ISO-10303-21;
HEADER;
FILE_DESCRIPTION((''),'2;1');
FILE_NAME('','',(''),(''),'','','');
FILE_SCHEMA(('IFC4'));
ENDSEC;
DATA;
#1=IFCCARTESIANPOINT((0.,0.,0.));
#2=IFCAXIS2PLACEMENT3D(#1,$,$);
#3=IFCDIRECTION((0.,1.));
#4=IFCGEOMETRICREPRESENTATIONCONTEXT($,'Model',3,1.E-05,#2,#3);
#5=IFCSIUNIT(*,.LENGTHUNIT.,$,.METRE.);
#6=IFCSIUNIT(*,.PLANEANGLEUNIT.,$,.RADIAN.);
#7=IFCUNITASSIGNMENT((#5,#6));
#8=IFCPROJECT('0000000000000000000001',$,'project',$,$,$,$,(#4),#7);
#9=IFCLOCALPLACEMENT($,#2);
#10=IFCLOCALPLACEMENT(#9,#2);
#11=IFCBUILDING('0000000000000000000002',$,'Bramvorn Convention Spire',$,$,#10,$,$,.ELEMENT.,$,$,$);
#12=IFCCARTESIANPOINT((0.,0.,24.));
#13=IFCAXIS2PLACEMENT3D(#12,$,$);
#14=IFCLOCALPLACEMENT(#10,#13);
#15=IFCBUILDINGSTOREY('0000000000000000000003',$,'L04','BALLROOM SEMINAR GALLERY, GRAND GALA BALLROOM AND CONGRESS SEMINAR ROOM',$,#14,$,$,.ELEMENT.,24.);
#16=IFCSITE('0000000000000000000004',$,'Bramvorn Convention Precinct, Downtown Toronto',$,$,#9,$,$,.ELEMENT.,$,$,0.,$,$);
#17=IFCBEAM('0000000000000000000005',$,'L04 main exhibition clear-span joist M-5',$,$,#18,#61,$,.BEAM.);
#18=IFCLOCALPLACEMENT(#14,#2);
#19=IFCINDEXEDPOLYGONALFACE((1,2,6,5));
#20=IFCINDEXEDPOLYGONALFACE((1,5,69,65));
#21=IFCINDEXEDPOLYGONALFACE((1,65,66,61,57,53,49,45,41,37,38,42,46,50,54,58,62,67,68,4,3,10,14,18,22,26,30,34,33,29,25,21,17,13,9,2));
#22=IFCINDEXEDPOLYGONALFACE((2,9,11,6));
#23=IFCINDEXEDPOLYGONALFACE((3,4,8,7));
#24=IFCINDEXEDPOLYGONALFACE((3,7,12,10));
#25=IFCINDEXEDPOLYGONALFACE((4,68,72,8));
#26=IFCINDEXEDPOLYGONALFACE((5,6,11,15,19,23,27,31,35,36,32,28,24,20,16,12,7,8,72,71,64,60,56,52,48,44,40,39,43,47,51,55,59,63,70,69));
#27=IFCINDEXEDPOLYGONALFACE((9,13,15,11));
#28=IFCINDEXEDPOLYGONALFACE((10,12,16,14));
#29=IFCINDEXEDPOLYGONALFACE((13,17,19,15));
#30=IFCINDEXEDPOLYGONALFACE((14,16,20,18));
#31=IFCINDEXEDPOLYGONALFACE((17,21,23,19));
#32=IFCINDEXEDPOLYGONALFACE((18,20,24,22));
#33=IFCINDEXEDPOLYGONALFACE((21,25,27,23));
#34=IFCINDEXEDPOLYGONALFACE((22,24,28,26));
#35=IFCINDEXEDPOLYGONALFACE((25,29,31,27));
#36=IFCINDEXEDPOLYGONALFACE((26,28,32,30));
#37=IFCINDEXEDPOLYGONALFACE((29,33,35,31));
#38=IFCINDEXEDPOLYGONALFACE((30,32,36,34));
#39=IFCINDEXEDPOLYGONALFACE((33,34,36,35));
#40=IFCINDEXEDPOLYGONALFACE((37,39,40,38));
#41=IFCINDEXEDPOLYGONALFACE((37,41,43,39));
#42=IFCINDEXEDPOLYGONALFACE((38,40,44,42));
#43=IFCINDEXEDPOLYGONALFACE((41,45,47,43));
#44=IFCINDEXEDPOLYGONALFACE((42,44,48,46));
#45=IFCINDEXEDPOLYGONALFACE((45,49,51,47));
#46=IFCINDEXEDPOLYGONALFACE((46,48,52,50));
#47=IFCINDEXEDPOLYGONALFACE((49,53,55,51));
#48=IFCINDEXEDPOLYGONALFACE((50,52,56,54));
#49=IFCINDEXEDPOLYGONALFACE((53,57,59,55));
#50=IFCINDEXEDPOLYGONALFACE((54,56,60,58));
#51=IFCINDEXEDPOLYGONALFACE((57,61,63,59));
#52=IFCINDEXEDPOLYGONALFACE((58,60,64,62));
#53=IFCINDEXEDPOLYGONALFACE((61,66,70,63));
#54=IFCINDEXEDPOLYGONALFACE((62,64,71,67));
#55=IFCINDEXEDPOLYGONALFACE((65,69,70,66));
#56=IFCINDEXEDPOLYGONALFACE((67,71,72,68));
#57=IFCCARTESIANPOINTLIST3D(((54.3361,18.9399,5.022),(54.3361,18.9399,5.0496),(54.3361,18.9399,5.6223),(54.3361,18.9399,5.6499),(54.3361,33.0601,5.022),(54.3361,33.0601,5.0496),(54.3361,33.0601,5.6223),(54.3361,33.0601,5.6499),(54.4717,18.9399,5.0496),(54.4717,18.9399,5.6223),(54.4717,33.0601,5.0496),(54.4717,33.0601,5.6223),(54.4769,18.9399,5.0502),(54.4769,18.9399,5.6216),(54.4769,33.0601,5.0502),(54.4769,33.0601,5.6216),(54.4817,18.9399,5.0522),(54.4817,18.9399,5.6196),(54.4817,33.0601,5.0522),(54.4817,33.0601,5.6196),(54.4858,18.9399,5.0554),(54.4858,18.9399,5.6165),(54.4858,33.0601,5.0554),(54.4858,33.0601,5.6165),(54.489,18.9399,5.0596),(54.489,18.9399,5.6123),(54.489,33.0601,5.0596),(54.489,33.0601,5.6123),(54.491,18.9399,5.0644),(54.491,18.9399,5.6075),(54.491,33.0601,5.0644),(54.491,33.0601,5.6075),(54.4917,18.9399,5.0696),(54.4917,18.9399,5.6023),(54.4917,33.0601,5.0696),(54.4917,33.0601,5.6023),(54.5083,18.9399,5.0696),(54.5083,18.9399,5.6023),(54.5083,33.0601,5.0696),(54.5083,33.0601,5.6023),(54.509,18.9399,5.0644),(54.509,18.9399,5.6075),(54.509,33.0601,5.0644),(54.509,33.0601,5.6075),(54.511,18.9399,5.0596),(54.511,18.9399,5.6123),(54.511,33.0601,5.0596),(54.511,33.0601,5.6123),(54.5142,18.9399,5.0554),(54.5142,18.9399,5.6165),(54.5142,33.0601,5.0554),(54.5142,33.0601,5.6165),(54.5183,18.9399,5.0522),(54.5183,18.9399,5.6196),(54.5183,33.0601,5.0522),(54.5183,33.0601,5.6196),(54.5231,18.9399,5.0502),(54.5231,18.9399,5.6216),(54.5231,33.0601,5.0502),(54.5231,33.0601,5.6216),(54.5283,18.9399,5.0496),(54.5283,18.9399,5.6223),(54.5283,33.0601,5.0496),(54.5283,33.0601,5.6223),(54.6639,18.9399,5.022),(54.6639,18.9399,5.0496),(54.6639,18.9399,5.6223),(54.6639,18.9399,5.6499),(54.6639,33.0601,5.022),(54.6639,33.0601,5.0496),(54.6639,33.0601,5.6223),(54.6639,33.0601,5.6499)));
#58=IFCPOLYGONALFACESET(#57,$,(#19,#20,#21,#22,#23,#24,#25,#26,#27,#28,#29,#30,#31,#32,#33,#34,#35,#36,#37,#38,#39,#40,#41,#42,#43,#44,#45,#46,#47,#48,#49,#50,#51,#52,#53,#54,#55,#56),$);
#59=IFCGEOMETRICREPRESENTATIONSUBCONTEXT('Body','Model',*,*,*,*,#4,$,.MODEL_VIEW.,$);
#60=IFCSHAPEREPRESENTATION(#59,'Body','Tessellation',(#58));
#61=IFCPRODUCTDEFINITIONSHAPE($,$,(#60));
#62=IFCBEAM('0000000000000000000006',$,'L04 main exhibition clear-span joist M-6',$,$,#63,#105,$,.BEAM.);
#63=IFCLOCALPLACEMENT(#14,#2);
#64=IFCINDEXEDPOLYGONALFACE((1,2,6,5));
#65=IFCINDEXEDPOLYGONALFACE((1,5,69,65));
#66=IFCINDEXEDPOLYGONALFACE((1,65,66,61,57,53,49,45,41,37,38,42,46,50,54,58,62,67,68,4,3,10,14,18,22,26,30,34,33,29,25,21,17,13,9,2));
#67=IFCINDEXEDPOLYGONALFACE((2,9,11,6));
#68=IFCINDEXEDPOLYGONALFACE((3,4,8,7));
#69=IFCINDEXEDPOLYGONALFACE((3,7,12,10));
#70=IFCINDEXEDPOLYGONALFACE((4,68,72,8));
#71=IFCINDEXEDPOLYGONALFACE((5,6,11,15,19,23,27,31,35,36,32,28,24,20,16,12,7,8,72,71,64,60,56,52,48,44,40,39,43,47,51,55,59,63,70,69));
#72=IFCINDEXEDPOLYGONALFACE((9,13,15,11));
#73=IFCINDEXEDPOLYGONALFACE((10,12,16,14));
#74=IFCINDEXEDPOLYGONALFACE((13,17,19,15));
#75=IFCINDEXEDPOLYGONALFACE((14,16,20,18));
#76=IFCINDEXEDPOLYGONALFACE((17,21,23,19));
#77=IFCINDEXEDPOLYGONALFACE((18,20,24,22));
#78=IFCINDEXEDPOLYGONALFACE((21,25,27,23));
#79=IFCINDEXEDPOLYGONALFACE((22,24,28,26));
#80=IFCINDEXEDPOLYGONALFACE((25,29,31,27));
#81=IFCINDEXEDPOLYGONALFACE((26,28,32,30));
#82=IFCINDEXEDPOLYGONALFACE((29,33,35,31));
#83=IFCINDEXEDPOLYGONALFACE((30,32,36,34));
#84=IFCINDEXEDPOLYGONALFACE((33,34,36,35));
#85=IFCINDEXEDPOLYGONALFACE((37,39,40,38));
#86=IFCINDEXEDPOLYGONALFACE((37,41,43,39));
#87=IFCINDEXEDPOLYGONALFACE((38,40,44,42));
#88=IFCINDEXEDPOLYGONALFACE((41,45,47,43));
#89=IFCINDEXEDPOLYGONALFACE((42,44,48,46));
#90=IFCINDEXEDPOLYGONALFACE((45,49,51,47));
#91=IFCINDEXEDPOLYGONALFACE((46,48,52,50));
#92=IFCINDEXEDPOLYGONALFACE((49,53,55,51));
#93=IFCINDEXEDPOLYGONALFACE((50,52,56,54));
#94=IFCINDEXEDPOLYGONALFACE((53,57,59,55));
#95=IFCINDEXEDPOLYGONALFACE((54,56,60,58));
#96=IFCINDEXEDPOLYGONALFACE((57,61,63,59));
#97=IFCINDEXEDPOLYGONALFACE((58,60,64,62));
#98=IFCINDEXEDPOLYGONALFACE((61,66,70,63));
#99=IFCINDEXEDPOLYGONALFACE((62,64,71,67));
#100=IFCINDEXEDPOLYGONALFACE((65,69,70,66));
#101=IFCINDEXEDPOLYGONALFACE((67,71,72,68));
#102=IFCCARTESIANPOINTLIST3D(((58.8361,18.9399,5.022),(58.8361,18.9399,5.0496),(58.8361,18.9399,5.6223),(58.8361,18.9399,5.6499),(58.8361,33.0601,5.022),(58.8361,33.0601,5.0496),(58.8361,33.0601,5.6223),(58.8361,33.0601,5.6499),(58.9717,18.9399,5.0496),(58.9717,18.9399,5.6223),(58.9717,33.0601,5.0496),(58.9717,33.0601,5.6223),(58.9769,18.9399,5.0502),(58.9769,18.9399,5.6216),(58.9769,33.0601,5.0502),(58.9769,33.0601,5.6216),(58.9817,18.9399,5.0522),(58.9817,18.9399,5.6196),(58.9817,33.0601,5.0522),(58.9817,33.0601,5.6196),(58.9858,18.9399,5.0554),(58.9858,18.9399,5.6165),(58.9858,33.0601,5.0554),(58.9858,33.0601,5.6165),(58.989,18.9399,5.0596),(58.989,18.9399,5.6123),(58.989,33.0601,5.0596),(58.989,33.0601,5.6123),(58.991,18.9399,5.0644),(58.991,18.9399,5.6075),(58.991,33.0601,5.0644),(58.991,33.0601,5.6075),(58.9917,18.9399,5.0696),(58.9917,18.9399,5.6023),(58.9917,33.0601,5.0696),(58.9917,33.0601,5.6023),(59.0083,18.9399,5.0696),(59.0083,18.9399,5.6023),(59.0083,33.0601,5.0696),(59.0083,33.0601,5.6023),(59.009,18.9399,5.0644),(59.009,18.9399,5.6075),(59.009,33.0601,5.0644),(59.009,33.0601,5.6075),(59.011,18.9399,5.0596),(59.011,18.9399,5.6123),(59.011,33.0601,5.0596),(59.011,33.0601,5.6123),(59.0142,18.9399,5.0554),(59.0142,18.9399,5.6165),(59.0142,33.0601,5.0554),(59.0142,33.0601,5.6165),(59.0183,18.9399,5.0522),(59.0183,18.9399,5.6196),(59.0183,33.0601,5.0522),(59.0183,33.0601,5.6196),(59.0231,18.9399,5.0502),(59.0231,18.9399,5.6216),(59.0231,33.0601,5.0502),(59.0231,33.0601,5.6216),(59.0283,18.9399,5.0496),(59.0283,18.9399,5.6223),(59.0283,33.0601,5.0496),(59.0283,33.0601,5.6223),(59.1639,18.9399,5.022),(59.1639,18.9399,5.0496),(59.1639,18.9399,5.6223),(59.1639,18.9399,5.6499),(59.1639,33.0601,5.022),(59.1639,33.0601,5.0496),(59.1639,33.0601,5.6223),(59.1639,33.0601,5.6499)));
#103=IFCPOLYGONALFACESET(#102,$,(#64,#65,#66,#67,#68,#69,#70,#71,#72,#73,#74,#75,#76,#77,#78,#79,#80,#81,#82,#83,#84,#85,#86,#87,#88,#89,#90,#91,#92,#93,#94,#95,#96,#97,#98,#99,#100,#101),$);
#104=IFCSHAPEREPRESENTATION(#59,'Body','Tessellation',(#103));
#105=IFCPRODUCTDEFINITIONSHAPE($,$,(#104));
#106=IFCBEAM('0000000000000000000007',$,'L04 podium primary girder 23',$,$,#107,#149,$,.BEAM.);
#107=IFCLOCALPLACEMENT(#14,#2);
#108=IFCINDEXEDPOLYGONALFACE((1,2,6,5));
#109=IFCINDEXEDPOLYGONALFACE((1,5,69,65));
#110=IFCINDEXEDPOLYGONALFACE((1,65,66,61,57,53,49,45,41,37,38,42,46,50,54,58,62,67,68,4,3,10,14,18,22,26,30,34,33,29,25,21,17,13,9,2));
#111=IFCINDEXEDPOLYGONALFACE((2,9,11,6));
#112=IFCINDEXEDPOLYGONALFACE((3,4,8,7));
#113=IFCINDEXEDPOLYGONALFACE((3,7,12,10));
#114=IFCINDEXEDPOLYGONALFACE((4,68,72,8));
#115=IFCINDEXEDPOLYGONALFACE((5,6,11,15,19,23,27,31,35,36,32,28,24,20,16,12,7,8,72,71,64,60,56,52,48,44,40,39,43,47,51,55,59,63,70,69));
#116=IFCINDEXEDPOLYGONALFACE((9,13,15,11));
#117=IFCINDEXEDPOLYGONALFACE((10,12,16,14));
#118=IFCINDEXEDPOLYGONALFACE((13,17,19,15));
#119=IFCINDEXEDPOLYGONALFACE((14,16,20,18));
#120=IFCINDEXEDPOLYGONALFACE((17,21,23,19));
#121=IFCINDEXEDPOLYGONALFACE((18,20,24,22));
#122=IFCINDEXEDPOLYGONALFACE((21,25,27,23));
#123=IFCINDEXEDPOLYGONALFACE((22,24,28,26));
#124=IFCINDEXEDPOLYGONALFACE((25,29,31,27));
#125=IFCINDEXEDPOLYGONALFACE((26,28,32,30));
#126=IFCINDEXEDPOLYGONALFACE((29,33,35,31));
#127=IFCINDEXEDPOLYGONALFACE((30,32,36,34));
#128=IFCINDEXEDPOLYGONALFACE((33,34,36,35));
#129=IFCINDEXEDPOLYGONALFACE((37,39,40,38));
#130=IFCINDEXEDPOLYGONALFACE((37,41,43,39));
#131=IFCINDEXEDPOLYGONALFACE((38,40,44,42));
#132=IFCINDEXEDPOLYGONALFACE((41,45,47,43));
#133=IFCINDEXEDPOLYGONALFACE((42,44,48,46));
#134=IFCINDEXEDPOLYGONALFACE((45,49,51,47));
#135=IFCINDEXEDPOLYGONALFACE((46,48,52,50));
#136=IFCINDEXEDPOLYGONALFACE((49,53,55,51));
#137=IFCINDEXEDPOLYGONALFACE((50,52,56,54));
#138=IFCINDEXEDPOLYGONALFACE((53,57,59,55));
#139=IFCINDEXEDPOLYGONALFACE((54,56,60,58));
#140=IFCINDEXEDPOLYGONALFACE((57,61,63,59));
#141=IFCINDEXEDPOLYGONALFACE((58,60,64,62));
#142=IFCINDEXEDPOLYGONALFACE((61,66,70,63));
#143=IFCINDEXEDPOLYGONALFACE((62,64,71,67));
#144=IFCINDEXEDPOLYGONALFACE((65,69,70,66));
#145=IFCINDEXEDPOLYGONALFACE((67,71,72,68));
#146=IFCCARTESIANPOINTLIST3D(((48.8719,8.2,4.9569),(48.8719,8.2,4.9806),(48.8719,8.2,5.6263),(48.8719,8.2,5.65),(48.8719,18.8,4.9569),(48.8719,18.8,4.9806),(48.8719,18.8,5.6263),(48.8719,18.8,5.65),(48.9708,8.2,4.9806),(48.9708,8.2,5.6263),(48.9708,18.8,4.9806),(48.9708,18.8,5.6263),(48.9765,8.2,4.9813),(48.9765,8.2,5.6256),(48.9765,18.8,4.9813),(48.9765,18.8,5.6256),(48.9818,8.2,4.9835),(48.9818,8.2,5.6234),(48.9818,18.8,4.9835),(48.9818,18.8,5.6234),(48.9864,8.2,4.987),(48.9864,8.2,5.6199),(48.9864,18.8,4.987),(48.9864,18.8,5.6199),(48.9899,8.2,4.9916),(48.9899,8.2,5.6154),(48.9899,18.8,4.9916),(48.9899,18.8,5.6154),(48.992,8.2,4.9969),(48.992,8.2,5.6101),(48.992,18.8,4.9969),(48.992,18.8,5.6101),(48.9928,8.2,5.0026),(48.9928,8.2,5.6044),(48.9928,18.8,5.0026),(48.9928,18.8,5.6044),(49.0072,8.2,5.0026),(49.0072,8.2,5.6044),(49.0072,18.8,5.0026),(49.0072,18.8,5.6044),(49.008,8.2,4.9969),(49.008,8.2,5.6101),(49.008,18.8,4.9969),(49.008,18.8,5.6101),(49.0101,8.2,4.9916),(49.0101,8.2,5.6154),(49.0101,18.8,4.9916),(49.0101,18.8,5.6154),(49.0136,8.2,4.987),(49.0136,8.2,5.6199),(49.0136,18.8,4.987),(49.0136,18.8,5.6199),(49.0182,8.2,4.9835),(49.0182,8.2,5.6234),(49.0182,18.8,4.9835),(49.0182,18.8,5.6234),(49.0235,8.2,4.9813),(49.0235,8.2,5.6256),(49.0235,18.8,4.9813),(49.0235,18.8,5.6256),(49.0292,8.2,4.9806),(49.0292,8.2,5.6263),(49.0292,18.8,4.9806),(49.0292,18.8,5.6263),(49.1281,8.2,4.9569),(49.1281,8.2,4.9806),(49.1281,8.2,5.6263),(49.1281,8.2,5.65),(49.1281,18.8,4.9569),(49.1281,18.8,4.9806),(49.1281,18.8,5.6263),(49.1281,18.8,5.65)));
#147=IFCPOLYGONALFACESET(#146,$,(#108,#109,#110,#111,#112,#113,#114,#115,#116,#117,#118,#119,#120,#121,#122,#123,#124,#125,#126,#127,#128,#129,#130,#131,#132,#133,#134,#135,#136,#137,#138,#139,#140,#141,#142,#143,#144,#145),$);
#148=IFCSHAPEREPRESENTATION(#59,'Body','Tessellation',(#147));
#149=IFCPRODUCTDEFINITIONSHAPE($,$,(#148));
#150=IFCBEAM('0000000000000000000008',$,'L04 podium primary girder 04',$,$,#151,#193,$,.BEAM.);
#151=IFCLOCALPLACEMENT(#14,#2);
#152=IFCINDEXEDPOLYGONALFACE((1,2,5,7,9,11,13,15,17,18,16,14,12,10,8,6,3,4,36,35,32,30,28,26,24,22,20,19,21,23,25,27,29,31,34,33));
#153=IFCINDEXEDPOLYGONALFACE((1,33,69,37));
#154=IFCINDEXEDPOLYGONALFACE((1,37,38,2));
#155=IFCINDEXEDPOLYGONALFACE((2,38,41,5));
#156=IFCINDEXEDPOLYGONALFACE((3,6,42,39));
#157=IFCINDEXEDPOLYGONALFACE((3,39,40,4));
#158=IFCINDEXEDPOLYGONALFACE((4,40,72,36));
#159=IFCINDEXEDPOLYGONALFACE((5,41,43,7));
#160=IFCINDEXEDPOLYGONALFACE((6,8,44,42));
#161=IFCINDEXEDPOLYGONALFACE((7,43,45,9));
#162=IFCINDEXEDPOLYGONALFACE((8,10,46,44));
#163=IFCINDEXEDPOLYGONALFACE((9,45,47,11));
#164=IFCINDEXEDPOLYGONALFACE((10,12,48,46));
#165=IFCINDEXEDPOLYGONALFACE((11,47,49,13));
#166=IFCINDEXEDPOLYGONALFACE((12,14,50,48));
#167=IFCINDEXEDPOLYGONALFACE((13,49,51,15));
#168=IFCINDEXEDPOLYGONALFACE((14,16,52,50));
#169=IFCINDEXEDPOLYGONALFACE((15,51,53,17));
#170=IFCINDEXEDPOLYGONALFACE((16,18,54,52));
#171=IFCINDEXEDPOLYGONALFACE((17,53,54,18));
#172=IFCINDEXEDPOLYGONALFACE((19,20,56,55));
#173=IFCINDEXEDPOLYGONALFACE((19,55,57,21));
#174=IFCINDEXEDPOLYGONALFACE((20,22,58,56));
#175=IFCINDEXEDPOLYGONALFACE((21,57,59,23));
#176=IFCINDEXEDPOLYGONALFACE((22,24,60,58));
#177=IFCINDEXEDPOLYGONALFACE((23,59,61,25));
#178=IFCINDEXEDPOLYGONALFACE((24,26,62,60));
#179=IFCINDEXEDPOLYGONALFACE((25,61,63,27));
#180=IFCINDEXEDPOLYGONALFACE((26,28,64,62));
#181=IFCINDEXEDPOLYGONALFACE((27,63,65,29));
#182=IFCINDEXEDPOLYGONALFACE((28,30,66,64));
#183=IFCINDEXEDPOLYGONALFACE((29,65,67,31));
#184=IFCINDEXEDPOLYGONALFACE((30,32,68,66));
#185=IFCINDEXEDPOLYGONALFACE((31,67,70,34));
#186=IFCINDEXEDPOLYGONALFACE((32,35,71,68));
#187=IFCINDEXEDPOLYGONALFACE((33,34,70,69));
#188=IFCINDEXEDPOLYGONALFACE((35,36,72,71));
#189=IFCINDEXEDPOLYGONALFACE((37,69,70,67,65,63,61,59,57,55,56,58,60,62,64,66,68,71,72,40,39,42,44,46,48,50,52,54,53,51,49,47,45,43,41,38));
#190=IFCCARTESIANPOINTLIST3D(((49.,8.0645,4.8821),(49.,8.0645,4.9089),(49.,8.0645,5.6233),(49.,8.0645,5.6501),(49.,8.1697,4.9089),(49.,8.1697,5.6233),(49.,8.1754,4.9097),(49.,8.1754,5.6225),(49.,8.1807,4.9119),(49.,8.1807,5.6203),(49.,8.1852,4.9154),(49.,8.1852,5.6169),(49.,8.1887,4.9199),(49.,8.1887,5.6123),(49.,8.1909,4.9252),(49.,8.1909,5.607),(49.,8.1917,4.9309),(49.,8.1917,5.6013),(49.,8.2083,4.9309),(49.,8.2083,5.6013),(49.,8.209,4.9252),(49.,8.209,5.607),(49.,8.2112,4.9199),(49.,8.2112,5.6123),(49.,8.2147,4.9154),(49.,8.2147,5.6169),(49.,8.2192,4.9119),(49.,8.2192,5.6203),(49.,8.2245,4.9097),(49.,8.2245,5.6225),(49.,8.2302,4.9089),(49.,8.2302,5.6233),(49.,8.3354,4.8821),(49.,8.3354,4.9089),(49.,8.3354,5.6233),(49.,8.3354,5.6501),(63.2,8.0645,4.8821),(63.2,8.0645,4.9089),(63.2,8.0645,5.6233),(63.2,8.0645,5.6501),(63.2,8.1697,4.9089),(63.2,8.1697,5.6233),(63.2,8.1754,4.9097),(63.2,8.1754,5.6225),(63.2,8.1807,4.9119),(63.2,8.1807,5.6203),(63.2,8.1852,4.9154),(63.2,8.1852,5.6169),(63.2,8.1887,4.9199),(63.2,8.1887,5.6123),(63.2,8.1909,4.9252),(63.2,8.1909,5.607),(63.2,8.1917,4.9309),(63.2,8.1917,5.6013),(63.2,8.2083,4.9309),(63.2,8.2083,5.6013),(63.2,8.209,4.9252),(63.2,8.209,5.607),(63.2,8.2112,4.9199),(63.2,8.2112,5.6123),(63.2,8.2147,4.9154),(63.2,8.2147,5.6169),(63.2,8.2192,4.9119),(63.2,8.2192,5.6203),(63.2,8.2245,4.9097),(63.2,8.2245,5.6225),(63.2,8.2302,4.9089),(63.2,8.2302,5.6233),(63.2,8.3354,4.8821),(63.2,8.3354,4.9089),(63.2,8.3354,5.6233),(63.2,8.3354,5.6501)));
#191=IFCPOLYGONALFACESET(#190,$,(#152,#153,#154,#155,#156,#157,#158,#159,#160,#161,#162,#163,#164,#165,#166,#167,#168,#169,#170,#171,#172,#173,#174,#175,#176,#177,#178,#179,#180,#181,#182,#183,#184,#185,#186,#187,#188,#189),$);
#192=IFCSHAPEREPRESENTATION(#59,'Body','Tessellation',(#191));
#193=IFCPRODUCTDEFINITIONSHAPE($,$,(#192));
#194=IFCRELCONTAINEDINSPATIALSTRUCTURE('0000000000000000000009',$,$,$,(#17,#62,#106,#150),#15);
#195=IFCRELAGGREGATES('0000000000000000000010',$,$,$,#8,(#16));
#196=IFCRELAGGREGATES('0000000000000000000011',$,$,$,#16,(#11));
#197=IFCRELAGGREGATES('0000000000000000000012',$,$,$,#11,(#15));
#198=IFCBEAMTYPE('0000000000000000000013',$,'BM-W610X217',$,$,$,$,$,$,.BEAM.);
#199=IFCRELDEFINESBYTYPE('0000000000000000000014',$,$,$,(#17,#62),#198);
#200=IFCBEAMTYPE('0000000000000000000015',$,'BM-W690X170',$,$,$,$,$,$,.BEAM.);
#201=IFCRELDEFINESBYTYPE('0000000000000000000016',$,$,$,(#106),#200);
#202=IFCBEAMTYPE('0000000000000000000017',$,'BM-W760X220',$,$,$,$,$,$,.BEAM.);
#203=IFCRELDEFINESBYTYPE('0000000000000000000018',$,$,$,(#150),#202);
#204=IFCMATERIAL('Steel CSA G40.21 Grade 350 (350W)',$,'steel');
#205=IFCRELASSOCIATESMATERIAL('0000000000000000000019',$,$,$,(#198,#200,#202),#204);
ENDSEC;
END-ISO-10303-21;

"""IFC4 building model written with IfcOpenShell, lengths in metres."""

from ifc_helpers import new_model, si_unit, direction, frame, origin, origin_2d, place, context, subcontext, project, spatial, i_section, extrude, material, material_profile, profile_set, type_object, element, save


model = new_model("IFC4")

# Units and contexts
model_context = context("Model", 3, precision=1e-05, world=origin(), true_north=direction((0.0, 1.0)))
body_context = subcontext(model_context, "Body", "Model", "MODEL_VIEW")
ifc_project = project(units=[si_unit("LENGTHUNIT", "METRE"), si_unit("PLANEANGLEUNIT", "RADIAN")], contexts=[model_context])

# Site, building, storey
site_placement = place(None, origin())
site = spatial("IfcSite", under=ifc_project, at=site_placement, Name="Bramvorn Convention Precinct, Downtown Toronto", CompositionType="ELEMENT", RefElevation=0.0)
building_placement = place(site_placement, origin())
building = spatial("IfcBuilding", under=site, at=building_placement, Name="Bramvorn Convention Spire", CompositionType="ELEMENT")
storey_placement = place(building_placement, frame((0.0, 0.0, 24.0)))
storey = spatial("IfcBuildingStorey", under=building, at=storey_placement, Name="L04", Description="BALLROOM SEMINAR GALLERY, GRAND GALA BALLROOM AND CONGRESS SEMINAR ROOM", CompositionType="ELEMENT", Elevation=24.0)

# Shared definitions
ifc_material_1 = material(Name="Steel CSA G40.21 Grade 350 (350W)", Category="steel")

# Beams
ifc_material_profile_1 = material_profile(ifc_material_1, i_section(OverallWidth=0.3279, OverallDepth=0.6279, WebThickness=0.0166, FlangeThickness=0.0276, FilletRadius=0.02, at=origin_2d()))
ifc_profile_set_1 = profile_set([ifc_material_profile_1], Name="Steel CSA G40.21 Grade 350 (350W) - W610X217")
beam_type_1 = type_object("IfcBeamType", Name="BM-W610X217", PredefinedType="BEAM", material=ifc_profile_set_1)
for number, where, z_axis, x_axis, name in (
    (1, (54.5, 18.9399, 5.3359), (0.0, 1.0, 0.0), (-1.0, 0.0, 0.0), "L04 main exhibition clear-span joist M-5"),
    (2, (59.0, 18.9399, 5.3359), (0.0, 1.0, 0.0), (-1.0, 0.0, 0.0), "L04 main exhibition clear-span joist M-6"),
):
    element("IfcBeam", number, at=place(storey_placement, frame(where, z_axis=z_axis, x_axis=x_axis)), inside=storey, type_object=beam_type_1, Name=name, PredefinedType="BEAM", context=body_context, shape_type="SweptSolid", body=[
        extrude(i_section(OverallWidth=0.3279, OverallDepth=0.6279, WebThickness=0.0166, FlangeThickness=0.0276, FilletRadius=0.02, at=origin_2d()), origin(), (0.0, 0.0, 1.0), 14.1201),
    ])
ifc_material_profile_2 = material_profile(ifc_material_1, i_section(OverallWidth=0.2561, OverallDepth=0.6931, WebThickness=0.0144, FlangeThickness=0.0237, FilletRadius=0.022, at=origin_2d()))
ifc_profile_set_2 = profile_set([ifc_material_profile_2], Name="Steel CSA G40.21 Grade 350 (350W) - W690X170")
beam_type_2 = type_object("IfcBeamType", Name="BM-W690X170", PredefinedType="BEAM", material=ifc_profile_set_2)
beam_1_placement = place(storey_placement, frame((49.0, 8.2, 5.3035), z_axis=(0.0, 1.0, 0.0), x_axis=(-1.0, 0.0, 0.0)))
element("IfcBeam", 3, at=beam_1_placement, inside=storey, type_object=beam_type_2, Name="L04 podium primary girder 23", PredefinedType="BEAM", context=body_context, shape_type="SweptSolid", body=[
    extrude(i_section(OverallWidth=0.2561, OverallDepth=0.6931, WebThickness=0.0144, FlangeThickness=0.0237, FilletRadius=0.022, at=origin_2d()), origin(), (0.0, 0.0, 1.0), 10.6001),
])
ifc_material_profile_3 = material_profile(ifc_material_1, i_section(OverallWidth=0.271, OverallDepth=0.7681, WebThickness=0.0166, FlangeThickness=0.0269, FilletRadius=0.022, at=origin_2d()))
ifc_profile_set_3 = profile_set([ifc_material_profile_3], Name="Steel CSA G40.21 Grade 350 (350W) - W760X220")
beam_type_3 = type_object("IfcBeamType", Name="BM-W760X220", PredefinedType="BEAM", material=ifc_profile_set_3)
for number, where, z_axis, x_axis, name in (
    (4, (49.0, 8.2, 5.2661), (1.0, 0.0, 0.0), (0.0, 1.0, 0.0), "L04 podium primary girder 04"),
):
    element("IfcBeam", number, at=place(storey_placement, frame(where, z_axis=z_axis, x_axis=x_axis)), inside=storey, type_object=beam_type_3, Name=name, PredefinedType="BEAM", context=body_context, shape_type="SweptSolid", body=[
        extrude(i_section(OverallWidth=0.271, OverallDepth=0.7681, WebThickness=0.0166, FlangeThickness=0.0269, FilletRadius=0.022, at=origin_2d()), origin(), (0.0, 0.0, 1.0), 14.2),
    ])

save(model, "model.ifc")
